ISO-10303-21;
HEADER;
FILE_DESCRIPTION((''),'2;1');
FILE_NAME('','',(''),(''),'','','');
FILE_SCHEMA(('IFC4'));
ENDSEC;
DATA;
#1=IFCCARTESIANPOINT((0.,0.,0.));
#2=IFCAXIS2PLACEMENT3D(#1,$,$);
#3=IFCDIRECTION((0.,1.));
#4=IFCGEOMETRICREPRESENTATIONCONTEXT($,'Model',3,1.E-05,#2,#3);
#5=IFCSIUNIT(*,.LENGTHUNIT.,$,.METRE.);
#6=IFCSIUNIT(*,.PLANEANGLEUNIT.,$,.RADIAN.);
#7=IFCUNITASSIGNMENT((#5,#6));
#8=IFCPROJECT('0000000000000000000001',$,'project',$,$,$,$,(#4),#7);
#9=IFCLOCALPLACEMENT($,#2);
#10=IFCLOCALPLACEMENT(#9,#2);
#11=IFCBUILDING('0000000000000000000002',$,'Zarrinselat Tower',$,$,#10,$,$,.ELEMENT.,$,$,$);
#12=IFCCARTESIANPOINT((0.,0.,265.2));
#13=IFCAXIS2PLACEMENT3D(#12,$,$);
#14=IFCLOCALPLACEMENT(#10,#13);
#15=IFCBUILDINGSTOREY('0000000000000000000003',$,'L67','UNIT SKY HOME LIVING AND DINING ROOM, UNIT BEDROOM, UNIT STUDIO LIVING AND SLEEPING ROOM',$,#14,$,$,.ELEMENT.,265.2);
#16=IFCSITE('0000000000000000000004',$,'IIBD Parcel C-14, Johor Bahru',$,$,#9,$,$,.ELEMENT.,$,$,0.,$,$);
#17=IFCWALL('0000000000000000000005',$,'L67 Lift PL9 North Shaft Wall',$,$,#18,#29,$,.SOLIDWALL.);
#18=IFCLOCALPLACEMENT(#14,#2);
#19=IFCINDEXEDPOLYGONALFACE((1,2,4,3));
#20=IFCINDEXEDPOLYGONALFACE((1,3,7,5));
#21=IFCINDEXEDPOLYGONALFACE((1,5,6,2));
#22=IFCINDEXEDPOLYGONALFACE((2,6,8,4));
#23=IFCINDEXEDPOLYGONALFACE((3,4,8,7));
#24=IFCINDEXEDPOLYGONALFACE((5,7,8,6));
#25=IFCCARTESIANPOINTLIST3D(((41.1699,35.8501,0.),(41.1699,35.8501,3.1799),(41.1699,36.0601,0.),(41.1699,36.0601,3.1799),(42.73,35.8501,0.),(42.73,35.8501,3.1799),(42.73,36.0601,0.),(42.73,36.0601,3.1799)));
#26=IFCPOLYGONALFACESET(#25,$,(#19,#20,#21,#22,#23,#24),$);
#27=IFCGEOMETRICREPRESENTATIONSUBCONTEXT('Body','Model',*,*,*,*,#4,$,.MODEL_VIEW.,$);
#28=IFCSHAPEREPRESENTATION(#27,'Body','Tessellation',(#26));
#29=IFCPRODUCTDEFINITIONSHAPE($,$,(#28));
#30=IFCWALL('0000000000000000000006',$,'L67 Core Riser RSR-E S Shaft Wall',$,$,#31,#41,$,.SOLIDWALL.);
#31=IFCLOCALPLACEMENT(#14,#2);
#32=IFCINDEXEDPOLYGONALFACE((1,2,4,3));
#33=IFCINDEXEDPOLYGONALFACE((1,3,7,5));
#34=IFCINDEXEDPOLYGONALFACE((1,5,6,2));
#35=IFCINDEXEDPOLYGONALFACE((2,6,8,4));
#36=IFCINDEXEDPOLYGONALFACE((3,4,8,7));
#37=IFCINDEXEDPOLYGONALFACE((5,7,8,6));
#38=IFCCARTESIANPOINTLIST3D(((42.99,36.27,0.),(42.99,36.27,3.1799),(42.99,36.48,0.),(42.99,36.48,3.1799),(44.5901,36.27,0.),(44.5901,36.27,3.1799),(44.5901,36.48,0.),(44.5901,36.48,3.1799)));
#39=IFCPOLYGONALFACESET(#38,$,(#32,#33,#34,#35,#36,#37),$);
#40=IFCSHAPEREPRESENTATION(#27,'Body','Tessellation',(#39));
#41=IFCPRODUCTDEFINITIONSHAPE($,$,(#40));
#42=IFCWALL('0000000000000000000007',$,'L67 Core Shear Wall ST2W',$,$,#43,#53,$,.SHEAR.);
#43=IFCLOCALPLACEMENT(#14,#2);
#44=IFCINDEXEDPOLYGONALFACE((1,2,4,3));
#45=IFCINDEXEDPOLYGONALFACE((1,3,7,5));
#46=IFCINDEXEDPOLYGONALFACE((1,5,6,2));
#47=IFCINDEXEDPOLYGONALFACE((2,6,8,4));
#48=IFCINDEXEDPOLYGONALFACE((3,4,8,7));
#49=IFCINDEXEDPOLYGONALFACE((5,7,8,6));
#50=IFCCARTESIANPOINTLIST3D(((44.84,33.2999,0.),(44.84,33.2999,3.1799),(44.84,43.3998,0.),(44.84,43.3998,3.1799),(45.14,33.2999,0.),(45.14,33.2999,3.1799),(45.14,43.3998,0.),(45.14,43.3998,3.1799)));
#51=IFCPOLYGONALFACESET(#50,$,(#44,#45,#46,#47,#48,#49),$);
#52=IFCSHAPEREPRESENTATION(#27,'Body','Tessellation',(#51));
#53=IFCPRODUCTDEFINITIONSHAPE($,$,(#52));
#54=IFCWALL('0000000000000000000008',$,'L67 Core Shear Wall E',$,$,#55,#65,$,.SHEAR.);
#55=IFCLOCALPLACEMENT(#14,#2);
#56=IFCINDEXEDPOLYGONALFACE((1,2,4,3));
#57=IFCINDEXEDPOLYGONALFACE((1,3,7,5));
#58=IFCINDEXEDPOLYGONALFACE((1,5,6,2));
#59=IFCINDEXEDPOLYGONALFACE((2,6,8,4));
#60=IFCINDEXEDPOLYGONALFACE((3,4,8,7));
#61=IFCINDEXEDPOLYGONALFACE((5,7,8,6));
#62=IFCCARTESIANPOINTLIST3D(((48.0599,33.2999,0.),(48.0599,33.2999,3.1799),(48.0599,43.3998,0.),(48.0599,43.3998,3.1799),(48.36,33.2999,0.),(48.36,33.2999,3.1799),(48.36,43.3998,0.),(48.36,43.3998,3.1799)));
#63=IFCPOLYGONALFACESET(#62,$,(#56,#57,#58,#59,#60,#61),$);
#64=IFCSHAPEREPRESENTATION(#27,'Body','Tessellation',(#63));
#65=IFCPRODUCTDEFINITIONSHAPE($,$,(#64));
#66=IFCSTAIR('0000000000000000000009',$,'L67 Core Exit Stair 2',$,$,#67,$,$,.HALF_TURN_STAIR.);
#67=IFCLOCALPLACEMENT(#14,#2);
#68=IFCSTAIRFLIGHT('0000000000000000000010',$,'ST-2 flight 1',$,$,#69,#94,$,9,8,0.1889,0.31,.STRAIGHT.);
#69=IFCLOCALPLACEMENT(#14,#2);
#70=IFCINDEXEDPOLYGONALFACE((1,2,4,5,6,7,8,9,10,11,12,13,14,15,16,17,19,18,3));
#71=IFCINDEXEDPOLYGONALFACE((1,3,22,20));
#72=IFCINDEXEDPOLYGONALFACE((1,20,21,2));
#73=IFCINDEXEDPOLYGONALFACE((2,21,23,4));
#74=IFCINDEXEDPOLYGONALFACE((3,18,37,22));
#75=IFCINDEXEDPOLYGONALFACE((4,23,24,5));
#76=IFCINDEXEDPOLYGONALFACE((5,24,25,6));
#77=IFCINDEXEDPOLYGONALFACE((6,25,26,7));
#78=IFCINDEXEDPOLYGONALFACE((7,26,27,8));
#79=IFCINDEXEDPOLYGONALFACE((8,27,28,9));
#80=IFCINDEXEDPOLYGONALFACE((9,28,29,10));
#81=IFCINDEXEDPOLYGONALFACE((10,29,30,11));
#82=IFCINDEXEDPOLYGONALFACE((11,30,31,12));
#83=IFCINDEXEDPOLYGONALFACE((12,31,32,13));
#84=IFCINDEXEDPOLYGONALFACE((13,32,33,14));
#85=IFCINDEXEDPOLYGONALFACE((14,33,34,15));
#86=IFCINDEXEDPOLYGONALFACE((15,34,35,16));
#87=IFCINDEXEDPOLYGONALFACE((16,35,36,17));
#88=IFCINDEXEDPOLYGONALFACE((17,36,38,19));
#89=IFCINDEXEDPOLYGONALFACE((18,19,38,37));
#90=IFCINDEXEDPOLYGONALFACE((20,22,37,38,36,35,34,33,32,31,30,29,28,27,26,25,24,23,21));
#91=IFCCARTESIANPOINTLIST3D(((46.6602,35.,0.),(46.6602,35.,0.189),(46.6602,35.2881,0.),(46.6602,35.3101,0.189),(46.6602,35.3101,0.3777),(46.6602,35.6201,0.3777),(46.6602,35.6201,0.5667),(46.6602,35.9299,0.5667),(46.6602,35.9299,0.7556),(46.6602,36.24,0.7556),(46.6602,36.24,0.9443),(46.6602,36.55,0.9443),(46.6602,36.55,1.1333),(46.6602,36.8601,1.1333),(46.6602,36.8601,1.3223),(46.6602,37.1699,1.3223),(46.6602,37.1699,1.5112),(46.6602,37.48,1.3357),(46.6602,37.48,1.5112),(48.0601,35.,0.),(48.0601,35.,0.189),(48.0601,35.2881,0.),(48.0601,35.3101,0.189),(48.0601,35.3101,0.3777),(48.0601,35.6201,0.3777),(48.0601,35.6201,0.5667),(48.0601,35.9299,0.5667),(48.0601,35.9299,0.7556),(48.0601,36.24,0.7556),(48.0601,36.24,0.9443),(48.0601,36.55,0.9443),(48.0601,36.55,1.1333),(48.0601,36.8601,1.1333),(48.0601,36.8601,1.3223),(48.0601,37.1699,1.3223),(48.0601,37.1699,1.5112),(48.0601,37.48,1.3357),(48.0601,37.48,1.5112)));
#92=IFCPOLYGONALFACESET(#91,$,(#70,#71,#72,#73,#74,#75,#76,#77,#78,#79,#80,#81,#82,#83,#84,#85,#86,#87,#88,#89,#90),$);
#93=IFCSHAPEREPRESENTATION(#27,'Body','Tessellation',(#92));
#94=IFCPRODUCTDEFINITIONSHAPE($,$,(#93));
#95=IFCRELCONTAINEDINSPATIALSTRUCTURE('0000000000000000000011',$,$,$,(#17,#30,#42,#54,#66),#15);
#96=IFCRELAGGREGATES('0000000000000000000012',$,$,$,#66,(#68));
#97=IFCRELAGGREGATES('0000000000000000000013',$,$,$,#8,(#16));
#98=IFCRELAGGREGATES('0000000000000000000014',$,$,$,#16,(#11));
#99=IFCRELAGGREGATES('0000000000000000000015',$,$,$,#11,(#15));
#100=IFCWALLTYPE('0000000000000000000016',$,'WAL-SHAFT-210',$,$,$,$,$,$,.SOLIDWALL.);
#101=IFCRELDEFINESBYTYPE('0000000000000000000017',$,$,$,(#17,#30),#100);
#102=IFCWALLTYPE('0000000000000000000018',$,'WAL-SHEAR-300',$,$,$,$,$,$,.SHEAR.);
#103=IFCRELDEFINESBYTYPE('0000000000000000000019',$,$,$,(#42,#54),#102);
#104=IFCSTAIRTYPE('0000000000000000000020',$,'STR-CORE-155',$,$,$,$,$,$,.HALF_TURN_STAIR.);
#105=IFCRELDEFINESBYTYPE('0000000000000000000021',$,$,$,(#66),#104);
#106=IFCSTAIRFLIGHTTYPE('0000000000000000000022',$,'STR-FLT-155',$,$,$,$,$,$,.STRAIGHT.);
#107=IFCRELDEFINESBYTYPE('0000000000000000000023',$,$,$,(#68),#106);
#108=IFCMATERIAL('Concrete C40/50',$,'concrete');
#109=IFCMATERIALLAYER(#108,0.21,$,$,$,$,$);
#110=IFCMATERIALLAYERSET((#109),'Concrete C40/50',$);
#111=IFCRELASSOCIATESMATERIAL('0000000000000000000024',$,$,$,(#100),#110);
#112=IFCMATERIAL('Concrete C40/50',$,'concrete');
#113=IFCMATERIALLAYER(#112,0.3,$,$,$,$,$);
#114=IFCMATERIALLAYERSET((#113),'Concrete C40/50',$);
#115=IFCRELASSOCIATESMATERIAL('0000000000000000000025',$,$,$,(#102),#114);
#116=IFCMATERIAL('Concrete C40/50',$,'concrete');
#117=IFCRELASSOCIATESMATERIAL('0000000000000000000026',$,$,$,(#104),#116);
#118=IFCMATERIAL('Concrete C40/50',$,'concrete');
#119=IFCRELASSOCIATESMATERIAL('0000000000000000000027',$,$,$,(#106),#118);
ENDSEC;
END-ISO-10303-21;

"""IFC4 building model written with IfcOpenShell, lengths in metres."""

from ifc_helpers import new_model, si_unit, direction, frame, frame_2d, origin, place, context, subcontext, project, spatial, polyline, rectangle, outline, extrude, material, layer, layer_set, type_object, element, aggregate, save


model = new_model("IFC4")

# Units and contexts
model_context = context("Model", 3, precision=1e-05, world=origin(), true_north=direction((0.0, 1.0)))
body_context = subcontext(model_context, "Body", "Model", "MODEL_VIEW")
ifc_project = project(units=[si_unit("LENGTHUNIT", "METRE"), si_unit("PLANEANGLEUNIT", "RADIAN")], contexts=[model_context])

# Site, building, storey
site_placement = place(None, origin())
site = spatial("IfcSite", under=ifc_project, at=site_placement, Name="IIBD Parcel C-14, Johor Bahru", CompositionType="ELEMENT", RefElevation=0.0)
building_placement = place(site_placement, origin())
building = spatial("IfcBuilding", under=site, at=building_placement, Name="Zarrinselat Tower", CompositionType="ELEMENT")
storey_placement = place(building_placement, frame((0.0, 0.0, 265.2)))
storey = spatial("IfcBuildingStorey", under=building, at=storey_placement, Name="L67", Description="UNIT SKY HOME LIVING AND DINING ROOM, UNIT BEDROOM, UNIT STUDIO LIVING AND SLEEPING ROOM", CompositionType="ELEMENT", Elevation=265.2)

# Walls
ifc_material_1 = material(Name="Concrete C40/50", Category="concrete")
ifc_layer_1 = layer(ifc_material_1, 0.21)
ifc_layer_set_1 = layer_set([ifc_layer_1], Name="Concrete C40/50")
wall_type_1 = type_object("IfcWallType", Name="WAL-SHAFT-210", PredefinedType="SOLIDWALL", material=ifc_layer_set_1)
wall_1_placement = place(storey_placement, frame((41.1699, 35.9551, 0.0), z_axis=(0.0, 0.0, 1.0), x_axis=(1.0, 0.0, 0.0)))
element("IfcWall", 1, at=wall_1_placement, inside=storey, type_object=wall_type_1, Name="L67 Lift PL9 North Shaft Wall", PredefinedType="SOLIDWALL", context=body_context, shape_type="SweptSolid", body=[
    extrude(rectangle(XDim=1.5601, YDim=0.21, at=frame_2d((0.78, 0.0))), origin(), (0.0, 0.0, 1.0), 3.1799),
])
wall_2_placement = place(storey_placement, frame((42.99, 36.375, 0.0), z_axis=(0.0, 0.0, 1.0), x_axis=(1.0, 0.0, 0.0)))
element("IfcWall", 2, at=wall_2_placement, inside=storey, type_object=wall_type_1, Name="L67 Core Riser RSR-E S Shaft Wall", PredefinedType="SOLIDWALL", context=body_context, shape_type="SweptSolid", body=[
    extrude(rectangle(XDim=1.6001, YDim=0.21, at=frame_2d((0.8, 0.0))), origin(), (0.0, 0.0, 1.0), 3.1799),
])
ifc_material_2 = material(Name="Concrete C40/50", Category="concrete")
ifc_layer_2 = layer(ifc_material_2, 0.3)
ifc_layer_set_2 = layer_set([ifc_layer_2], Name="Concrete C40/50")
wall_type_2 = type_object("IfcWallType", Name="WAL-SHEAR-300", PredefinedType="SHEAR", material=ifc_layer_set_2)
for number, where, z_axis, x_axis, name in (
    (3, (44.99, 33.3, 0.0), (0.0, 0.0, 1.0), (0.0, 1.0, 0.0), "L67 Core Shear Wall ST2W"),
    (4, (48.21, 33.3, 0.0), (0.0, 0.0, 1.0), (0.0, 1.0, 0.0), "L67 Core Shear Wall E"),
):
    element("IfcWall", number, at=place(storey_placement, frame(where, z_axis=z_axis, x_axis=x_axis)), inside=storey, type_object=wall_type_2, Name=name, PredefinedType="SHEAR", context=body_context, shape_type="SweptSolid", body=[
        extrude(rectangle(XDim=10.0999, YDim=0.3, at=frame_2d((5.0498, 0.0))), origin(), (0.0, 0.0, 1.0), 3.1799),
    ])

# Stair, stair flight
ifc_material_3 = material(Name="Concrete C40/50", Category="concrete")
stair_type = type_object("IfcStairType", Name="STR-CORE-155", PredefinedType="HALF_TURN_STAIR", material=ifc_material_3)
stair_placement = place(storey_placement, origin())
stair = element("IfcStair", 5, at=stair_placement, inside=storey, type_object=stair_type, Name="L67 Core Exit Stair 2", PredefinedType="HALF_TURN_STAIR")
ifc_material_4 = material(Name="Concrete C40/50", Category="concrete")
stair_flight_type = type_object("IfcStairFlightType", Name="STR-FLT-155", PredefinedType="STRAIGHT", material=ifc_material_4)
stair_flight_placement = place(storey_placement, frame((47.3601, 35.0, 0.0), z_axis=(0.0, 0.0, 1.0), x_axis=(0.0, 1.0, 0.0)))
stair_flight = element("IfcStairFlight", 6, at=stair_flight_placement, type_object=stair_flight_type, Name="ST-2 flight 1", NumberOfRisers=9, NumberOfTreads=8, PredefinedType="STRAIGHT", RiserHeight=0.1889, TreadLength=0.31, context=body_context, shape_type="SweptSolid", body=[
    extrude(outline(polyline([(0.0, 0.0), (0.0, 0.189), (0.3101, 0.189), (0.3101, 0.3777), (0.6201, 0.3777), (0.6201, 0.5667), (0.9299, 0.5667), (0.9299, 0.7556), (1.24, 0.7556), (1.24, 0.9443), (1.55, 0.9443), (1.55, 1.1333), (1.8601, 1.1333), (1.8601, 1.3223), (2.1699, 1.3223), (2.1699, 1.5112), (2.48, 1.5112), (2.48, 1.7), (2.48, 1.3357), (0.2881, 0.0), (0.0, 0.0)])), frame((0.0, 0.7, 0.0), z_axis=(0.0, -1.0, 0.0), x_axis=(1.0, 0.0, 0.0)), (0.0, 0.0, 1.0), 1.3999),
])
aggregate(stair, [stair_flight])

save(model, "model.ifc")
